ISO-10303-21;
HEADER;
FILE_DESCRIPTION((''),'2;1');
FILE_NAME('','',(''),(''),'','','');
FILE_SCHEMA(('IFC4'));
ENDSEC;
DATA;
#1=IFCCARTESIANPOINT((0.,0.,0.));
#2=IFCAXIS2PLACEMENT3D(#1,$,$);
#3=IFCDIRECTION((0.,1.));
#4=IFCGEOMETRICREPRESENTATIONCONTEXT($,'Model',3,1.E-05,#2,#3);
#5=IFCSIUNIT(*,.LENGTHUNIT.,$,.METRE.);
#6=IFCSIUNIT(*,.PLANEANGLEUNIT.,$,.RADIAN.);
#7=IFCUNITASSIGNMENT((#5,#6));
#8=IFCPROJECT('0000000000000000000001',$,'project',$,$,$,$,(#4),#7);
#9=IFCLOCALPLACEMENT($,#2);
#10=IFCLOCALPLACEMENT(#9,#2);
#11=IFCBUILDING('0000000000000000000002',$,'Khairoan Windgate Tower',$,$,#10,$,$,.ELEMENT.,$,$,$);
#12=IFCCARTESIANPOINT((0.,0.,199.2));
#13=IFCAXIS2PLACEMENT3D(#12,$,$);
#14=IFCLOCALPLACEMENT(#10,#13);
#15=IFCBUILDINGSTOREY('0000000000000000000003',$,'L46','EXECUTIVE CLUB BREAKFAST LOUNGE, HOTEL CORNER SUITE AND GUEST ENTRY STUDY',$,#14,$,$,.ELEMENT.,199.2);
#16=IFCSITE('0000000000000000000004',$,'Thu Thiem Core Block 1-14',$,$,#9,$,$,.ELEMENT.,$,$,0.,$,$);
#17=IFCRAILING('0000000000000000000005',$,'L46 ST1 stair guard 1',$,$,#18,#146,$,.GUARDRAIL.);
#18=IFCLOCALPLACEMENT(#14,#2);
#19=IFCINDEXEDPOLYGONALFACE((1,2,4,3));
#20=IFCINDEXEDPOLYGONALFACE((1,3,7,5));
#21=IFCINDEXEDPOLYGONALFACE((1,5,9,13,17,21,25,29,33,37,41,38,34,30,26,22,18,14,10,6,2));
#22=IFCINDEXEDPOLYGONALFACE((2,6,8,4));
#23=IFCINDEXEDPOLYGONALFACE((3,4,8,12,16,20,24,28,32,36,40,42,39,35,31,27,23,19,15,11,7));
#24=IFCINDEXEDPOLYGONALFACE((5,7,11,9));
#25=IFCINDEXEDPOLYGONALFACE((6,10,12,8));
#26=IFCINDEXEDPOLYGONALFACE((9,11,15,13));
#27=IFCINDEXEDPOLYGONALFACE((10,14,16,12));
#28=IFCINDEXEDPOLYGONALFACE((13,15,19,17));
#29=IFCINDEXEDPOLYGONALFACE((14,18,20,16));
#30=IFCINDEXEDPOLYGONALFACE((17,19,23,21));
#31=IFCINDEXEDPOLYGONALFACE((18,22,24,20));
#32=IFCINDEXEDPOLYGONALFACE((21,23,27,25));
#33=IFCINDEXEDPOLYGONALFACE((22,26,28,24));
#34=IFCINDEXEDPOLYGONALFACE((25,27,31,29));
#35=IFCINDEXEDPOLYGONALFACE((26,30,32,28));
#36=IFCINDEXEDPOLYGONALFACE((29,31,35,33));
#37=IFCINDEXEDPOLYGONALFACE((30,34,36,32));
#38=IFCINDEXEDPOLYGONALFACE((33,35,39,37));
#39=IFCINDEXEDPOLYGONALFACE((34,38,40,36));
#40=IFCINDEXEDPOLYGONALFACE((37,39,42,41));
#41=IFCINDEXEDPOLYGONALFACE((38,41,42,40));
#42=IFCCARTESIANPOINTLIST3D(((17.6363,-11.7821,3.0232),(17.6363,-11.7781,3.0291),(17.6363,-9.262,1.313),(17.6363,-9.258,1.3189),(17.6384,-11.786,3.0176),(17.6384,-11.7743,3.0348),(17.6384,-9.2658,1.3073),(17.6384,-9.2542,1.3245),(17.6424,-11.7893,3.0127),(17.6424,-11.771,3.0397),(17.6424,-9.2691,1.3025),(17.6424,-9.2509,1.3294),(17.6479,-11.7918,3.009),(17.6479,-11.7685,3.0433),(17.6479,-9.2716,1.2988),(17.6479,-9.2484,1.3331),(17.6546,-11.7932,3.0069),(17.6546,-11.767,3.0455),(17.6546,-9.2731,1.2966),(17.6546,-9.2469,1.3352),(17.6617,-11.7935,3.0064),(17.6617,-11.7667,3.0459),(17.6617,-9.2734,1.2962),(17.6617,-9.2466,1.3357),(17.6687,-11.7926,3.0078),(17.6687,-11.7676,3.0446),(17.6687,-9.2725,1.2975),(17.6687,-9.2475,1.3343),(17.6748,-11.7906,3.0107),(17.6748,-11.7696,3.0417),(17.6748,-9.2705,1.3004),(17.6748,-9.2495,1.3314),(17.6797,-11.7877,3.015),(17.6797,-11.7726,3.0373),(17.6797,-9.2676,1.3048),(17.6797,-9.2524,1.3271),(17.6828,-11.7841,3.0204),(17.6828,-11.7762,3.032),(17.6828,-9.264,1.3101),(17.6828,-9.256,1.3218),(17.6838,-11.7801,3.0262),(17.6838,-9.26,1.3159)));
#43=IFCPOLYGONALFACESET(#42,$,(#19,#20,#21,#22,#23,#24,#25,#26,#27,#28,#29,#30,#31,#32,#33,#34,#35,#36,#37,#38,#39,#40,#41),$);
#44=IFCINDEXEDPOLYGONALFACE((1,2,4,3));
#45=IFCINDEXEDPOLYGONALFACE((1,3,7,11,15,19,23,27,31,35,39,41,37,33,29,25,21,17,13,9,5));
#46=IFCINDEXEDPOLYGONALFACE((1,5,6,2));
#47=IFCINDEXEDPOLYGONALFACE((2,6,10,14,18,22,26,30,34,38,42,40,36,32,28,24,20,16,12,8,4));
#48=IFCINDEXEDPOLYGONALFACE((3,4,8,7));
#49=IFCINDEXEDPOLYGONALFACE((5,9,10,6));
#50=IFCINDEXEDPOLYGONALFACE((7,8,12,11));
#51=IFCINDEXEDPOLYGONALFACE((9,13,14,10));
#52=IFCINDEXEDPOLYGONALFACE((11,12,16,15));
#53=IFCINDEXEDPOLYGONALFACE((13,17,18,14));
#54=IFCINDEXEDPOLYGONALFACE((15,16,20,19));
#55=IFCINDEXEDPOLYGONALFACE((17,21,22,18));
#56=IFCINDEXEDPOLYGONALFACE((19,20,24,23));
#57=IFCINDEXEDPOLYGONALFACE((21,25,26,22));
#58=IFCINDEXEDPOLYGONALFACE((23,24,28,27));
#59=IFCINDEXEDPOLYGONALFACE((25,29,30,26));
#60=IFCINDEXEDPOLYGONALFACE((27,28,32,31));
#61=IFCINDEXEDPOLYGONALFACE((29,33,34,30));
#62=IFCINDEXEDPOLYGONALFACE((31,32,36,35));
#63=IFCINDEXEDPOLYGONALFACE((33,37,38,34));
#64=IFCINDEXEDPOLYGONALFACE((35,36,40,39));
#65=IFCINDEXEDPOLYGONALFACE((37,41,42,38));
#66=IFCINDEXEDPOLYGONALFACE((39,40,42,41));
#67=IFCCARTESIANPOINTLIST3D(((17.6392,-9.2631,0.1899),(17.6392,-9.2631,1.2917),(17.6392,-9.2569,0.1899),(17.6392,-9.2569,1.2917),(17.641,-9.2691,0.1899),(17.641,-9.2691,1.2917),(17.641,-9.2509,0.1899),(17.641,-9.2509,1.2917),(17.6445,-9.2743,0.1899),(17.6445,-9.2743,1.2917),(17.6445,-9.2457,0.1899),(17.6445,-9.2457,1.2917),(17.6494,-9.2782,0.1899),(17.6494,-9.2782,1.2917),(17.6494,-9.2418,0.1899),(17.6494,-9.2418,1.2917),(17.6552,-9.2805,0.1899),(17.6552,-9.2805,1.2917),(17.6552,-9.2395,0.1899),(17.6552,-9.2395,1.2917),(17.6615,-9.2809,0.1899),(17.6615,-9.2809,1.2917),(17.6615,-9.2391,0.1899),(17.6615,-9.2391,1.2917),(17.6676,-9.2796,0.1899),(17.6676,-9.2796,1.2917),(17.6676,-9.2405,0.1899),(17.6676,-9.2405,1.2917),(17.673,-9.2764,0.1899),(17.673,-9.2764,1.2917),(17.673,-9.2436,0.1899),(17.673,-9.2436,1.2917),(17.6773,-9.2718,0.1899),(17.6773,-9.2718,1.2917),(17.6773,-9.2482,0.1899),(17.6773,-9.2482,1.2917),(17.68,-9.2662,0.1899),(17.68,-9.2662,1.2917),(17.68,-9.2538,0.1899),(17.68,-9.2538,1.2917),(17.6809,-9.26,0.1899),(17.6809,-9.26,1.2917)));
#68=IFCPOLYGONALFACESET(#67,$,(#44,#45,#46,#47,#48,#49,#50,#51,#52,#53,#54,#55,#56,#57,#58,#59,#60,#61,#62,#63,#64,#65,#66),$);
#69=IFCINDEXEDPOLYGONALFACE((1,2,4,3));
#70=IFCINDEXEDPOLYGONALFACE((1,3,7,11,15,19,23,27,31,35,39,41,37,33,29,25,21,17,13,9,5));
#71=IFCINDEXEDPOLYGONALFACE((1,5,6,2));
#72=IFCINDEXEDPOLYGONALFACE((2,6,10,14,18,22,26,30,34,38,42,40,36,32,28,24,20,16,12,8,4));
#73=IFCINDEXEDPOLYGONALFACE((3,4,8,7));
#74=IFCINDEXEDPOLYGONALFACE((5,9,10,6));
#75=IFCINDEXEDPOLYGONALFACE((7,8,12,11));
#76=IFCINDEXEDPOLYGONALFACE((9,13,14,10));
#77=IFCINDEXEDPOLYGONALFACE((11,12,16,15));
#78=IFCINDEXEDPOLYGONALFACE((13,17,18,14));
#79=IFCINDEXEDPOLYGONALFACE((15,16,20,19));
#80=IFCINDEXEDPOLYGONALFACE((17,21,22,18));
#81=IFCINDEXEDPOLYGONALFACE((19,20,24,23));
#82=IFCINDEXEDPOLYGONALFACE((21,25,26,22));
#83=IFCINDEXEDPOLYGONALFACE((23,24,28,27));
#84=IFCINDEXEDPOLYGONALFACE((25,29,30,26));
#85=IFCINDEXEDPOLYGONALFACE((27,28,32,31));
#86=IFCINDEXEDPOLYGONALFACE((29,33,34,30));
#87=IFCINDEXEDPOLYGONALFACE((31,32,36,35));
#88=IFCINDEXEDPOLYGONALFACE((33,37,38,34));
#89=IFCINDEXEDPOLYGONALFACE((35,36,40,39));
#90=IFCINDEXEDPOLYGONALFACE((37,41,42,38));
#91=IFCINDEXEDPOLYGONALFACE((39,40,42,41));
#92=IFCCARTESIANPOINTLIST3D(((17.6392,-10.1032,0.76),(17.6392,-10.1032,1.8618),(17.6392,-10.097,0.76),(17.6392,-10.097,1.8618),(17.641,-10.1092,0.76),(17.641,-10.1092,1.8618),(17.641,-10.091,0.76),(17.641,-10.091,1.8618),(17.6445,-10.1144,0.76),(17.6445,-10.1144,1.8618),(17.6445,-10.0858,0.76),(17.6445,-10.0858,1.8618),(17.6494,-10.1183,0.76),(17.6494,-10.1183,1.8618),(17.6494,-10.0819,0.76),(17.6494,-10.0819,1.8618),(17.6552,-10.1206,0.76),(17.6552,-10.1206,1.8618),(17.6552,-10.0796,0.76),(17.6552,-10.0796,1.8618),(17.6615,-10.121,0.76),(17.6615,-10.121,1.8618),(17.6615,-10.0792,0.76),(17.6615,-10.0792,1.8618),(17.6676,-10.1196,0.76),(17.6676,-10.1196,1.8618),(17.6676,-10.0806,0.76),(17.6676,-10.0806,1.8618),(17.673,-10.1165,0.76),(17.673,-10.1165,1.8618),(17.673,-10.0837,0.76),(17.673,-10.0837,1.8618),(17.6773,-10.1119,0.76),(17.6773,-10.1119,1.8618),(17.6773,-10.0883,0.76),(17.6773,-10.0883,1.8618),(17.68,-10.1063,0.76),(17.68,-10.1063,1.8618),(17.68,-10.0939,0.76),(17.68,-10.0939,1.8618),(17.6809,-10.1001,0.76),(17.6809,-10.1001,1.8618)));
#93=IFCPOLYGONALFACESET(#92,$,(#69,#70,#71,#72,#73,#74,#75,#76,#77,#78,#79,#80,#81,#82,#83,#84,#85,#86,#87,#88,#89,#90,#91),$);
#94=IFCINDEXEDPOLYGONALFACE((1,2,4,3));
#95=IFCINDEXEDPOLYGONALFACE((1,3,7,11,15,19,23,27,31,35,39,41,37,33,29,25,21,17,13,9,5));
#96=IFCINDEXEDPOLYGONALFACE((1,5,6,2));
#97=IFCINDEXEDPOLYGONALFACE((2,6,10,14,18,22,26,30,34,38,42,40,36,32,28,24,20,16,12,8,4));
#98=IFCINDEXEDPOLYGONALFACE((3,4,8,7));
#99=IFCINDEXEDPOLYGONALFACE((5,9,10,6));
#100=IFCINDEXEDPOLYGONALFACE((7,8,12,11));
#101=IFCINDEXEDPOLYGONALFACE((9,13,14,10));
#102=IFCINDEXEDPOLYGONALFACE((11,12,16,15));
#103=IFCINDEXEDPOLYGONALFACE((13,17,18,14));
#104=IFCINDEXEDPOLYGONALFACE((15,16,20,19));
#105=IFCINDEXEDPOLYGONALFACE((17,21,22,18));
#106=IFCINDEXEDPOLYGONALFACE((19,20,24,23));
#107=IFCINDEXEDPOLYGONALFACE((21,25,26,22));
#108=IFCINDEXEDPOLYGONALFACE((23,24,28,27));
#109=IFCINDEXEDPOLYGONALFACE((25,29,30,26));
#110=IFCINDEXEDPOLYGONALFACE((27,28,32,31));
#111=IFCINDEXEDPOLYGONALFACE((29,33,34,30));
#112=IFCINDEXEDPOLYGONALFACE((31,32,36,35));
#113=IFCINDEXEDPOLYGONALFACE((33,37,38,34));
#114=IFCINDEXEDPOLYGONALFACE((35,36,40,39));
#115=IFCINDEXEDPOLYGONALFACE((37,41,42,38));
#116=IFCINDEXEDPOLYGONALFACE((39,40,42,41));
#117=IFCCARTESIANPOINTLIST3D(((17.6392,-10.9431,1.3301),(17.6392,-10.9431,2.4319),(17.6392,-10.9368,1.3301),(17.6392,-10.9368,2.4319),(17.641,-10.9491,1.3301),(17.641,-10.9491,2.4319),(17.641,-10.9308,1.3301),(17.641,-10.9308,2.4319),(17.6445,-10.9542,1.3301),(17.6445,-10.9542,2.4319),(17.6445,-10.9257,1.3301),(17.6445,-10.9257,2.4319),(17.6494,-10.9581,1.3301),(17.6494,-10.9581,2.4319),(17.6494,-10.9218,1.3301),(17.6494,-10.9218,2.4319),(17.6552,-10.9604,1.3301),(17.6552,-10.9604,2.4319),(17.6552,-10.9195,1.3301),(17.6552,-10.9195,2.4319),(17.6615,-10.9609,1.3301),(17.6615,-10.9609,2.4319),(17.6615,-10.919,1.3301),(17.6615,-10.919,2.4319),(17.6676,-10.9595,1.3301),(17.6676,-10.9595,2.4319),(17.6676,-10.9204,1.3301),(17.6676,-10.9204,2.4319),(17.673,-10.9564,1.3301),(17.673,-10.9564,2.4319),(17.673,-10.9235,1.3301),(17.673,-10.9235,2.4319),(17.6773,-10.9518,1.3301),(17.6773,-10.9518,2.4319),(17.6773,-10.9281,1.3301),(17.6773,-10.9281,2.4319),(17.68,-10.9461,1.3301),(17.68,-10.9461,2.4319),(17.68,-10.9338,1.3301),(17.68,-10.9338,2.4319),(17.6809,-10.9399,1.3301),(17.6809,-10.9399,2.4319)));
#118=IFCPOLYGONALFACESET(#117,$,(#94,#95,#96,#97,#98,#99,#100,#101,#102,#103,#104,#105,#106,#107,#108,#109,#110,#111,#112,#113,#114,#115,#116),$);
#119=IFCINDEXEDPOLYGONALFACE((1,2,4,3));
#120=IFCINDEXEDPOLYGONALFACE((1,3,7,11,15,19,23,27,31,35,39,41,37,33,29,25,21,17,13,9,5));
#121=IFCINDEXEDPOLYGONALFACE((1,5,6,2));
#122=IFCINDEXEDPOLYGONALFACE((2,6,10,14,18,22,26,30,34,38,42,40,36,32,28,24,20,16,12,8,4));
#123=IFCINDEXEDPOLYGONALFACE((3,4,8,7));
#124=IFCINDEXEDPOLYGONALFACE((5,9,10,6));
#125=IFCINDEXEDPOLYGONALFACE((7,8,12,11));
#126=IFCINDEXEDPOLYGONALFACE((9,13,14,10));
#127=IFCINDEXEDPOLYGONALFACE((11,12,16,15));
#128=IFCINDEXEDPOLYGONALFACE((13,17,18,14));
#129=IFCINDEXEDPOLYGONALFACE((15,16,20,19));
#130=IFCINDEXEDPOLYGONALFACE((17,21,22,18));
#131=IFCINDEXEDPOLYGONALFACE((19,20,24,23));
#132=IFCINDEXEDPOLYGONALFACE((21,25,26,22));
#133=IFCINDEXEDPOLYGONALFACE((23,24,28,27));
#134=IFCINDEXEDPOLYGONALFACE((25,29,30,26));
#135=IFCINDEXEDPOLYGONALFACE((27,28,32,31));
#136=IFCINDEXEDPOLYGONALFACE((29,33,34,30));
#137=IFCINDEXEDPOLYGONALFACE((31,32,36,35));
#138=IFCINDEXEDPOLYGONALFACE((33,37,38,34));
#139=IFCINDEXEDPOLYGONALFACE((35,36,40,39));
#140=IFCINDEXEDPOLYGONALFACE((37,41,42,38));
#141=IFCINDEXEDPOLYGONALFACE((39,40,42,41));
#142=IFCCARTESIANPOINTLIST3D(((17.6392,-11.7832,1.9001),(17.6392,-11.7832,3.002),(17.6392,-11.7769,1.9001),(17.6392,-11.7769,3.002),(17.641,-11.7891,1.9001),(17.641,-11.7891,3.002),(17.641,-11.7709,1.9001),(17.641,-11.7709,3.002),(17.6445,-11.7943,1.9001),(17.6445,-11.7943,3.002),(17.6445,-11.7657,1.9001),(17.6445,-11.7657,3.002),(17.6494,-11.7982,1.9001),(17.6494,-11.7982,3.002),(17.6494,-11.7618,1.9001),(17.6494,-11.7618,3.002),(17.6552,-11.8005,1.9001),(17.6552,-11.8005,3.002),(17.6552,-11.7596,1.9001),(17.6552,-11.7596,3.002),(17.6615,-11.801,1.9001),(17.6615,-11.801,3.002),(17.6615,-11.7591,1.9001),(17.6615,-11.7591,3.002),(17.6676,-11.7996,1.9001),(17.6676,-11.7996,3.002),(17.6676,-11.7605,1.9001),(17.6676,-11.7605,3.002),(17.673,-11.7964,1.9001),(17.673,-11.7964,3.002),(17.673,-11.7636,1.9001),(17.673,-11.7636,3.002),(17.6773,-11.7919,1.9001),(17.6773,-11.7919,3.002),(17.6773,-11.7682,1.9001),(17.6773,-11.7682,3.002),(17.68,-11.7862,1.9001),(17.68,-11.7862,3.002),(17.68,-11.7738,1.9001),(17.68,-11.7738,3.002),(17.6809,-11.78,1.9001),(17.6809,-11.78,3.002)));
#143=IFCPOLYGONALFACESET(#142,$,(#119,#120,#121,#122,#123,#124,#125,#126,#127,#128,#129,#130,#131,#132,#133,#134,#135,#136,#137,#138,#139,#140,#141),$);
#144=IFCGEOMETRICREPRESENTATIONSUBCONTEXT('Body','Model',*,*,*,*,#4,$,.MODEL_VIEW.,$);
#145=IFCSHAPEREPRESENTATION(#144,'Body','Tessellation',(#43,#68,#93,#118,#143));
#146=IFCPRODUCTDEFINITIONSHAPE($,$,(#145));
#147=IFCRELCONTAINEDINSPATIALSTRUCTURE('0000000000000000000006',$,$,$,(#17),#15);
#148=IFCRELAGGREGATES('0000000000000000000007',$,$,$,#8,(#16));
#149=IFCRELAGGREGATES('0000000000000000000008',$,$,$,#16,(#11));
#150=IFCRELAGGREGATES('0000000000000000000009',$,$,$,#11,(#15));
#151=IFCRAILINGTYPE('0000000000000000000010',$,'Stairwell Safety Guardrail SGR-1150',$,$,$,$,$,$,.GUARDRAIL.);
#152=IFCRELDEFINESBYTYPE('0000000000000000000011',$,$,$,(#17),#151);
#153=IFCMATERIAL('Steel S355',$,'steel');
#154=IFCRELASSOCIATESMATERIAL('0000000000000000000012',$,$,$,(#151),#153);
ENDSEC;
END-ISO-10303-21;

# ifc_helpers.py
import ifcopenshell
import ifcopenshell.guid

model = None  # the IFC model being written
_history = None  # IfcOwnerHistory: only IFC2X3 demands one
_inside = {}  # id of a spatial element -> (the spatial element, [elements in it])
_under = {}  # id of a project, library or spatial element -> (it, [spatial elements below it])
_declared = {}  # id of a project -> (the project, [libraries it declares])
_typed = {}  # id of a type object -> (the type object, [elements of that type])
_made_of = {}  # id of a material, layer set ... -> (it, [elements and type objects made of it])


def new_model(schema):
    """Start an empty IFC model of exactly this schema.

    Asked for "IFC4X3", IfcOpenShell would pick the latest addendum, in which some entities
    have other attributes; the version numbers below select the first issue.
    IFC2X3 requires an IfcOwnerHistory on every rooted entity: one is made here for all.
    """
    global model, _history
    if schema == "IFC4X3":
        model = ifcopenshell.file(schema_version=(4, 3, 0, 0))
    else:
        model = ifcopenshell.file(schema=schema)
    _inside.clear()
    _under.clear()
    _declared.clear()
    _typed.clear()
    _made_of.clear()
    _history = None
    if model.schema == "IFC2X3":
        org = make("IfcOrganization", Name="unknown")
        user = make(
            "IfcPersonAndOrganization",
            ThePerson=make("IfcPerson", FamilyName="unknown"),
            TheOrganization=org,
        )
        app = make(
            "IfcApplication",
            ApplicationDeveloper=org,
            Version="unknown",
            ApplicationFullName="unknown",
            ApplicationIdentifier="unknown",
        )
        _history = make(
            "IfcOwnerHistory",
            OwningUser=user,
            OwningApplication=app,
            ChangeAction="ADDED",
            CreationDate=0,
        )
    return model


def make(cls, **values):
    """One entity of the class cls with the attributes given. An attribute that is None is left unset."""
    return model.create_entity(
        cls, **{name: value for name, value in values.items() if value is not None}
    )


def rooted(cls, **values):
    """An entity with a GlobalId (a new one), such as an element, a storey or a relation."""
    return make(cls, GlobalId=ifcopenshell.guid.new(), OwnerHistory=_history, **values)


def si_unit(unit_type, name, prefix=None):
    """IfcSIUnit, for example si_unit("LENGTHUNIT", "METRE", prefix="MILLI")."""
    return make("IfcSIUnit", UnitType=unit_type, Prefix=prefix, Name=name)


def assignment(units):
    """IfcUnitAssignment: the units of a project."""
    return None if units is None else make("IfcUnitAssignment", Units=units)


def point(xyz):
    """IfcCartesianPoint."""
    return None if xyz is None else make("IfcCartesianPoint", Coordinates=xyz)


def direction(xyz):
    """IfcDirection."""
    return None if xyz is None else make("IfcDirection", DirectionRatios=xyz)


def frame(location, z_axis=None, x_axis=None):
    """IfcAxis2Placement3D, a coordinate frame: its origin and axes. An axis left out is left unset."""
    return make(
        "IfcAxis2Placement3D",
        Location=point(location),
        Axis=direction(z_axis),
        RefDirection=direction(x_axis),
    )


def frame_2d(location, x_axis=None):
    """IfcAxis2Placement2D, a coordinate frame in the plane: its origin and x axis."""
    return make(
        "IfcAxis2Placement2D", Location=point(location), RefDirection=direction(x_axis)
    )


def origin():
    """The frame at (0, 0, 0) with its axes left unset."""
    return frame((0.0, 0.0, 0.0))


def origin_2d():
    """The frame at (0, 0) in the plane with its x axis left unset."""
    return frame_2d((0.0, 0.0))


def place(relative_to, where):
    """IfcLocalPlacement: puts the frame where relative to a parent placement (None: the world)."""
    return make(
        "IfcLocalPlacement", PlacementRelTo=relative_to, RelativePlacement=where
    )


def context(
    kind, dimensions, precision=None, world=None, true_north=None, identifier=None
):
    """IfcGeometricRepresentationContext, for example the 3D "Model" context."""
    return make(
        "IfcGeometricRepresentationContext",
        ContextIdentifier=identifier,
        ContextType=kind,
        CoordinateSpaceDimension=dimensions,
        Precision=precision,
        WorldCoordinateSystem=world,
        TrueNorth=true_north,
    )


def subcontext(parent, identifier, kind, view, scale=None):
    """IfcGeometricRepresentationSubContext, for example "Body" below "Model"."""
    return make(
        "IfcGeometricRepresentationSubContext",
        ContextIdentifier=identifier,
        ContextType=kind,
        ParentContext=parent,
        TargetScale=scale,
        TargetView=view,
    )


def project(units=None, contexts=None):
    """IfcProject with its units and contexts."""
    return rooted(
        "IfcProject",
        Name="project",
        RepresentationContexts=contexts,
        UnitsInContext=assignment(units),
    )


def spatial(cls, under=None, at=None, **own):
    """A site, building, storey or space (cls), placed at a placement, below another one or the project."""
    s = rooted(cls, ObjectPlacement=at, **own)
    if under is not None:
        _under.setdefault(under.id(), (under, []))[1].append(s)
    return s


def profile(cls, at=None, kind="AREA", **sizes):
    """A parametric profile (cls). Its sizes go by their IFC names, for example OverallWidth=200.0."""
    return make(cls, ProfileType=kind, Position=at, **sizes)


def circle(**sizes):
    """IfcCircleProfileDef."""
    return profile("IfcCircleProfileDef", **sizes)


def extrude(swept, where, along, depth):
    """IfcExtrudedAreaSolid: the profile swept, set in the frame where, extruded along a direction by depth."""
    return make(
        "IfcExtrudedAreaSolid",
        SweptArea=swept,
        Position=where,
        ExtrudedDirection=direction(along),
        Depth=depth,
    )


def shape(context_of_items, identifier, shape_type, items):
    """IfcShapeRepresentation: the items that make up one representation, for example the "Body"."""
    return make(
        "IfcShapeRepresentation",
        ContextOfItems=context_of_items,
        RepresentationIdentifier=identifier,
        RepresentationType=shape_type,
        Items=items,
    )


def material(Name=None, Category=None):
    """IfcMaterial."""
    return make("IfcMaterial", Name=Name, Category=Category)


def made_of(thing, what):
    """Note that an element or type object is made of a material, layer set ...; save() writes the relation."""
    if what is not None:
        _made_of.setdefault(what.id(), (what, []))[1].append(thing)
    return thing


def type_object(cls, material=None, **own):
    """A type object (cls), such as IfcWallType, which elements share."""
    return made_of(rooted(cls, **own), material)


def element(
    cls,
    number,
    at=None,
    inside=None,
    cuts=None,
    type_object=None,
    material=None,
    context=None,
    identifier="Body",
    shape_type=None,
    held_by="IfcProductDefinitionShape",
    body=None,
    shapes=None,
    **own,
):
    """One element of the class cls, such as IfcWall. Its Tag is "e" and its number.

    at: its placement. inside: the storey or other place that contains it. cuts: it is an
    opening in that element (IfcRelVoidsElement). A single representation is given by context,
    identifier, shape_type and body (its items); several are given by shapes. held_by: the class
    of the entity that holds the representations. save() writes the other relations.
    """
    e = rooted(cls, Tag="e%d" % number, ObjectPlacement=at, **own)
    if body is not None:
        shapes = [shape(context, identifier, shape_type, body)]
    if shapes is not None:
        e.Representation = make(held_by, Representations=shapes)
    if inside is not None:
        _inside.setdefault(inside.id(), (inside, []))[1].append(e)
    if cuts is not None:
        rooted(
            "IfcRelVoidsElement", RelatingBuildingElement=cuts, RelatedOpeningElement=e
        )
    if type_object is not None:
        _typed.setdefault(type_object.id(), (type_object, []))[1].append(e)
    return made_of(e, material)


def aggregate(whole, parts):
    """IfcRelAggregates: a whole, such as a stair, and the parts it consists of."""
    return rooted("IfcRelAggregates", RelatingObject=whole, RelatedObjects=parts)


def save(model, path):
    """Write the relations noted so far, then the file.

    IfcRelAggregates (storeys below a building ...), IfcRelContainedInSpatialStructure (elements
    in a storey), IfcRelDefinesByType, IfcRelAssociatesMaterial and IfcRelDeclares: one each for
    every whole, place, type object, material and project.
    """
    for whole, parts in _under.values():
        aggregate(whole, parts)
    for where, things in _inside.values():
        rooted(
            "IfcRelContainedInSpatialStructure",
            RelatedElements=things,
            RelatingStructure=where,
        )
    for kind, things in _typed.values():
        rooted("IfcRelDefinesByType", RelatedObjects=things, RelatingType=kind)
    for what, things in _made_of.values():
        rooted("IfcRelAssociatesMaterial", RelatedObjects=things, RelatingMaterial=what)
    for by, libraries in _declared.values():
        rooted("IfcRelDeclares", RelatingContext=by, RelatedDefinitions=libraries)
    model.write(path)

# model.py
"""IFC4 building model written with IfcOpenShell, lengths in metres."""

from ifc_helpers import new_model, si_unit, direction, frame, origin, origin_2d, place, context, subcontext, project, spatial, circle, extrude, material, type_object, element, save


model = new_model("IFC4")

# Units and contexts
model_context = context("Model", 3, precision=1e-05, world=origin(), true_north=direction((0.0, 1.0)))
body_context = subcontext(model_context, "Body", "Model", "MODEL_VIEW")
ifc_project = project(units=[si_unit("LENGTHUNIT", "METRE"), si_unit("PLANEANGLEUNIT", "RADIAN")], contexts=[model_context])

# Site, building, storey
site_placement = place(None, origin())
site = spatial("IfcSite", under=ifc_project, at=site_placement, Name="Thu Thiem Core Block 1-14", CompositionType="ELEMENT", RefElevation=0.0)
building_placement = place(site_placement, origin())
building = spatial("IfcBuilding", under=site, at=building_placement, Name="Khairoan Windgate Tower", CompositionType="ELEMENT")
storey_placement = place(building_placement, frame((0.0, 0.0, 199.2)))
storey = spatial("IfcBuildingStorey", under=building, at=storey_placement, Name="L46", Description="EXECUTIVE CLUB BREAKFAST LOUNGE, HOTEL CORNER SUITE AND GUEST ENTRY STUDY", CompositionType="ELEMENT", Elevation=199.2)

# Railing
ifc_material_1 = material(Name="Steel S355", Category="steel")
railing_type_1 = type_object("IfcRailingType", Name="Stairwell Safety Guardrail SGR-1150", PredefinedType="GUARDRAIL", material=ifc_material_1)
railing_1_placement = place(storey_placement, frame((17.6599, -9.26, 0.1899)))
element("IfcRailing", 1, at=railing_1_placement, inside=storey, type_object=railing_type_1, Name="L46 ST1 stair guard 1", PredefinedType="GUARDRAIL", context=body_context, shape_type="SweptSolid", body=[
    extrude(circle(Radius=0.0239, at=origin_2d()), frame((0.0, 0.0, 1.126), z_axis=(0.0, -0.827447, 0.561545), x_axis=(1.0, 0.0, 0.0)), (0.0, 0.0, 1.0), 3.0457),
    extrude(circle(Radius=0.021, at=origin_2d()), origin(), (0.0, 0.0, 1.0), 1.1018),
    extrude(circle(Radius=0.021, at=origin_2d()), frame((0.0, -0.8401, 0.5701)), (0.0, 0.0, 1.0), 1.1018),
    extrude(circle(Radius=0.021, at=origin_2d()), frame((0.0, -1.6799, 1.1401)), (0.0, 0.0, 1.0), 1.1018),
    extrude(circle(Radius=0.021, at=origin_2d()), frame((0.0, -2.52, 1.7102)), (0.0, 0.0, 1.0), 1.1018),
])

save(model, "model.ifc")
